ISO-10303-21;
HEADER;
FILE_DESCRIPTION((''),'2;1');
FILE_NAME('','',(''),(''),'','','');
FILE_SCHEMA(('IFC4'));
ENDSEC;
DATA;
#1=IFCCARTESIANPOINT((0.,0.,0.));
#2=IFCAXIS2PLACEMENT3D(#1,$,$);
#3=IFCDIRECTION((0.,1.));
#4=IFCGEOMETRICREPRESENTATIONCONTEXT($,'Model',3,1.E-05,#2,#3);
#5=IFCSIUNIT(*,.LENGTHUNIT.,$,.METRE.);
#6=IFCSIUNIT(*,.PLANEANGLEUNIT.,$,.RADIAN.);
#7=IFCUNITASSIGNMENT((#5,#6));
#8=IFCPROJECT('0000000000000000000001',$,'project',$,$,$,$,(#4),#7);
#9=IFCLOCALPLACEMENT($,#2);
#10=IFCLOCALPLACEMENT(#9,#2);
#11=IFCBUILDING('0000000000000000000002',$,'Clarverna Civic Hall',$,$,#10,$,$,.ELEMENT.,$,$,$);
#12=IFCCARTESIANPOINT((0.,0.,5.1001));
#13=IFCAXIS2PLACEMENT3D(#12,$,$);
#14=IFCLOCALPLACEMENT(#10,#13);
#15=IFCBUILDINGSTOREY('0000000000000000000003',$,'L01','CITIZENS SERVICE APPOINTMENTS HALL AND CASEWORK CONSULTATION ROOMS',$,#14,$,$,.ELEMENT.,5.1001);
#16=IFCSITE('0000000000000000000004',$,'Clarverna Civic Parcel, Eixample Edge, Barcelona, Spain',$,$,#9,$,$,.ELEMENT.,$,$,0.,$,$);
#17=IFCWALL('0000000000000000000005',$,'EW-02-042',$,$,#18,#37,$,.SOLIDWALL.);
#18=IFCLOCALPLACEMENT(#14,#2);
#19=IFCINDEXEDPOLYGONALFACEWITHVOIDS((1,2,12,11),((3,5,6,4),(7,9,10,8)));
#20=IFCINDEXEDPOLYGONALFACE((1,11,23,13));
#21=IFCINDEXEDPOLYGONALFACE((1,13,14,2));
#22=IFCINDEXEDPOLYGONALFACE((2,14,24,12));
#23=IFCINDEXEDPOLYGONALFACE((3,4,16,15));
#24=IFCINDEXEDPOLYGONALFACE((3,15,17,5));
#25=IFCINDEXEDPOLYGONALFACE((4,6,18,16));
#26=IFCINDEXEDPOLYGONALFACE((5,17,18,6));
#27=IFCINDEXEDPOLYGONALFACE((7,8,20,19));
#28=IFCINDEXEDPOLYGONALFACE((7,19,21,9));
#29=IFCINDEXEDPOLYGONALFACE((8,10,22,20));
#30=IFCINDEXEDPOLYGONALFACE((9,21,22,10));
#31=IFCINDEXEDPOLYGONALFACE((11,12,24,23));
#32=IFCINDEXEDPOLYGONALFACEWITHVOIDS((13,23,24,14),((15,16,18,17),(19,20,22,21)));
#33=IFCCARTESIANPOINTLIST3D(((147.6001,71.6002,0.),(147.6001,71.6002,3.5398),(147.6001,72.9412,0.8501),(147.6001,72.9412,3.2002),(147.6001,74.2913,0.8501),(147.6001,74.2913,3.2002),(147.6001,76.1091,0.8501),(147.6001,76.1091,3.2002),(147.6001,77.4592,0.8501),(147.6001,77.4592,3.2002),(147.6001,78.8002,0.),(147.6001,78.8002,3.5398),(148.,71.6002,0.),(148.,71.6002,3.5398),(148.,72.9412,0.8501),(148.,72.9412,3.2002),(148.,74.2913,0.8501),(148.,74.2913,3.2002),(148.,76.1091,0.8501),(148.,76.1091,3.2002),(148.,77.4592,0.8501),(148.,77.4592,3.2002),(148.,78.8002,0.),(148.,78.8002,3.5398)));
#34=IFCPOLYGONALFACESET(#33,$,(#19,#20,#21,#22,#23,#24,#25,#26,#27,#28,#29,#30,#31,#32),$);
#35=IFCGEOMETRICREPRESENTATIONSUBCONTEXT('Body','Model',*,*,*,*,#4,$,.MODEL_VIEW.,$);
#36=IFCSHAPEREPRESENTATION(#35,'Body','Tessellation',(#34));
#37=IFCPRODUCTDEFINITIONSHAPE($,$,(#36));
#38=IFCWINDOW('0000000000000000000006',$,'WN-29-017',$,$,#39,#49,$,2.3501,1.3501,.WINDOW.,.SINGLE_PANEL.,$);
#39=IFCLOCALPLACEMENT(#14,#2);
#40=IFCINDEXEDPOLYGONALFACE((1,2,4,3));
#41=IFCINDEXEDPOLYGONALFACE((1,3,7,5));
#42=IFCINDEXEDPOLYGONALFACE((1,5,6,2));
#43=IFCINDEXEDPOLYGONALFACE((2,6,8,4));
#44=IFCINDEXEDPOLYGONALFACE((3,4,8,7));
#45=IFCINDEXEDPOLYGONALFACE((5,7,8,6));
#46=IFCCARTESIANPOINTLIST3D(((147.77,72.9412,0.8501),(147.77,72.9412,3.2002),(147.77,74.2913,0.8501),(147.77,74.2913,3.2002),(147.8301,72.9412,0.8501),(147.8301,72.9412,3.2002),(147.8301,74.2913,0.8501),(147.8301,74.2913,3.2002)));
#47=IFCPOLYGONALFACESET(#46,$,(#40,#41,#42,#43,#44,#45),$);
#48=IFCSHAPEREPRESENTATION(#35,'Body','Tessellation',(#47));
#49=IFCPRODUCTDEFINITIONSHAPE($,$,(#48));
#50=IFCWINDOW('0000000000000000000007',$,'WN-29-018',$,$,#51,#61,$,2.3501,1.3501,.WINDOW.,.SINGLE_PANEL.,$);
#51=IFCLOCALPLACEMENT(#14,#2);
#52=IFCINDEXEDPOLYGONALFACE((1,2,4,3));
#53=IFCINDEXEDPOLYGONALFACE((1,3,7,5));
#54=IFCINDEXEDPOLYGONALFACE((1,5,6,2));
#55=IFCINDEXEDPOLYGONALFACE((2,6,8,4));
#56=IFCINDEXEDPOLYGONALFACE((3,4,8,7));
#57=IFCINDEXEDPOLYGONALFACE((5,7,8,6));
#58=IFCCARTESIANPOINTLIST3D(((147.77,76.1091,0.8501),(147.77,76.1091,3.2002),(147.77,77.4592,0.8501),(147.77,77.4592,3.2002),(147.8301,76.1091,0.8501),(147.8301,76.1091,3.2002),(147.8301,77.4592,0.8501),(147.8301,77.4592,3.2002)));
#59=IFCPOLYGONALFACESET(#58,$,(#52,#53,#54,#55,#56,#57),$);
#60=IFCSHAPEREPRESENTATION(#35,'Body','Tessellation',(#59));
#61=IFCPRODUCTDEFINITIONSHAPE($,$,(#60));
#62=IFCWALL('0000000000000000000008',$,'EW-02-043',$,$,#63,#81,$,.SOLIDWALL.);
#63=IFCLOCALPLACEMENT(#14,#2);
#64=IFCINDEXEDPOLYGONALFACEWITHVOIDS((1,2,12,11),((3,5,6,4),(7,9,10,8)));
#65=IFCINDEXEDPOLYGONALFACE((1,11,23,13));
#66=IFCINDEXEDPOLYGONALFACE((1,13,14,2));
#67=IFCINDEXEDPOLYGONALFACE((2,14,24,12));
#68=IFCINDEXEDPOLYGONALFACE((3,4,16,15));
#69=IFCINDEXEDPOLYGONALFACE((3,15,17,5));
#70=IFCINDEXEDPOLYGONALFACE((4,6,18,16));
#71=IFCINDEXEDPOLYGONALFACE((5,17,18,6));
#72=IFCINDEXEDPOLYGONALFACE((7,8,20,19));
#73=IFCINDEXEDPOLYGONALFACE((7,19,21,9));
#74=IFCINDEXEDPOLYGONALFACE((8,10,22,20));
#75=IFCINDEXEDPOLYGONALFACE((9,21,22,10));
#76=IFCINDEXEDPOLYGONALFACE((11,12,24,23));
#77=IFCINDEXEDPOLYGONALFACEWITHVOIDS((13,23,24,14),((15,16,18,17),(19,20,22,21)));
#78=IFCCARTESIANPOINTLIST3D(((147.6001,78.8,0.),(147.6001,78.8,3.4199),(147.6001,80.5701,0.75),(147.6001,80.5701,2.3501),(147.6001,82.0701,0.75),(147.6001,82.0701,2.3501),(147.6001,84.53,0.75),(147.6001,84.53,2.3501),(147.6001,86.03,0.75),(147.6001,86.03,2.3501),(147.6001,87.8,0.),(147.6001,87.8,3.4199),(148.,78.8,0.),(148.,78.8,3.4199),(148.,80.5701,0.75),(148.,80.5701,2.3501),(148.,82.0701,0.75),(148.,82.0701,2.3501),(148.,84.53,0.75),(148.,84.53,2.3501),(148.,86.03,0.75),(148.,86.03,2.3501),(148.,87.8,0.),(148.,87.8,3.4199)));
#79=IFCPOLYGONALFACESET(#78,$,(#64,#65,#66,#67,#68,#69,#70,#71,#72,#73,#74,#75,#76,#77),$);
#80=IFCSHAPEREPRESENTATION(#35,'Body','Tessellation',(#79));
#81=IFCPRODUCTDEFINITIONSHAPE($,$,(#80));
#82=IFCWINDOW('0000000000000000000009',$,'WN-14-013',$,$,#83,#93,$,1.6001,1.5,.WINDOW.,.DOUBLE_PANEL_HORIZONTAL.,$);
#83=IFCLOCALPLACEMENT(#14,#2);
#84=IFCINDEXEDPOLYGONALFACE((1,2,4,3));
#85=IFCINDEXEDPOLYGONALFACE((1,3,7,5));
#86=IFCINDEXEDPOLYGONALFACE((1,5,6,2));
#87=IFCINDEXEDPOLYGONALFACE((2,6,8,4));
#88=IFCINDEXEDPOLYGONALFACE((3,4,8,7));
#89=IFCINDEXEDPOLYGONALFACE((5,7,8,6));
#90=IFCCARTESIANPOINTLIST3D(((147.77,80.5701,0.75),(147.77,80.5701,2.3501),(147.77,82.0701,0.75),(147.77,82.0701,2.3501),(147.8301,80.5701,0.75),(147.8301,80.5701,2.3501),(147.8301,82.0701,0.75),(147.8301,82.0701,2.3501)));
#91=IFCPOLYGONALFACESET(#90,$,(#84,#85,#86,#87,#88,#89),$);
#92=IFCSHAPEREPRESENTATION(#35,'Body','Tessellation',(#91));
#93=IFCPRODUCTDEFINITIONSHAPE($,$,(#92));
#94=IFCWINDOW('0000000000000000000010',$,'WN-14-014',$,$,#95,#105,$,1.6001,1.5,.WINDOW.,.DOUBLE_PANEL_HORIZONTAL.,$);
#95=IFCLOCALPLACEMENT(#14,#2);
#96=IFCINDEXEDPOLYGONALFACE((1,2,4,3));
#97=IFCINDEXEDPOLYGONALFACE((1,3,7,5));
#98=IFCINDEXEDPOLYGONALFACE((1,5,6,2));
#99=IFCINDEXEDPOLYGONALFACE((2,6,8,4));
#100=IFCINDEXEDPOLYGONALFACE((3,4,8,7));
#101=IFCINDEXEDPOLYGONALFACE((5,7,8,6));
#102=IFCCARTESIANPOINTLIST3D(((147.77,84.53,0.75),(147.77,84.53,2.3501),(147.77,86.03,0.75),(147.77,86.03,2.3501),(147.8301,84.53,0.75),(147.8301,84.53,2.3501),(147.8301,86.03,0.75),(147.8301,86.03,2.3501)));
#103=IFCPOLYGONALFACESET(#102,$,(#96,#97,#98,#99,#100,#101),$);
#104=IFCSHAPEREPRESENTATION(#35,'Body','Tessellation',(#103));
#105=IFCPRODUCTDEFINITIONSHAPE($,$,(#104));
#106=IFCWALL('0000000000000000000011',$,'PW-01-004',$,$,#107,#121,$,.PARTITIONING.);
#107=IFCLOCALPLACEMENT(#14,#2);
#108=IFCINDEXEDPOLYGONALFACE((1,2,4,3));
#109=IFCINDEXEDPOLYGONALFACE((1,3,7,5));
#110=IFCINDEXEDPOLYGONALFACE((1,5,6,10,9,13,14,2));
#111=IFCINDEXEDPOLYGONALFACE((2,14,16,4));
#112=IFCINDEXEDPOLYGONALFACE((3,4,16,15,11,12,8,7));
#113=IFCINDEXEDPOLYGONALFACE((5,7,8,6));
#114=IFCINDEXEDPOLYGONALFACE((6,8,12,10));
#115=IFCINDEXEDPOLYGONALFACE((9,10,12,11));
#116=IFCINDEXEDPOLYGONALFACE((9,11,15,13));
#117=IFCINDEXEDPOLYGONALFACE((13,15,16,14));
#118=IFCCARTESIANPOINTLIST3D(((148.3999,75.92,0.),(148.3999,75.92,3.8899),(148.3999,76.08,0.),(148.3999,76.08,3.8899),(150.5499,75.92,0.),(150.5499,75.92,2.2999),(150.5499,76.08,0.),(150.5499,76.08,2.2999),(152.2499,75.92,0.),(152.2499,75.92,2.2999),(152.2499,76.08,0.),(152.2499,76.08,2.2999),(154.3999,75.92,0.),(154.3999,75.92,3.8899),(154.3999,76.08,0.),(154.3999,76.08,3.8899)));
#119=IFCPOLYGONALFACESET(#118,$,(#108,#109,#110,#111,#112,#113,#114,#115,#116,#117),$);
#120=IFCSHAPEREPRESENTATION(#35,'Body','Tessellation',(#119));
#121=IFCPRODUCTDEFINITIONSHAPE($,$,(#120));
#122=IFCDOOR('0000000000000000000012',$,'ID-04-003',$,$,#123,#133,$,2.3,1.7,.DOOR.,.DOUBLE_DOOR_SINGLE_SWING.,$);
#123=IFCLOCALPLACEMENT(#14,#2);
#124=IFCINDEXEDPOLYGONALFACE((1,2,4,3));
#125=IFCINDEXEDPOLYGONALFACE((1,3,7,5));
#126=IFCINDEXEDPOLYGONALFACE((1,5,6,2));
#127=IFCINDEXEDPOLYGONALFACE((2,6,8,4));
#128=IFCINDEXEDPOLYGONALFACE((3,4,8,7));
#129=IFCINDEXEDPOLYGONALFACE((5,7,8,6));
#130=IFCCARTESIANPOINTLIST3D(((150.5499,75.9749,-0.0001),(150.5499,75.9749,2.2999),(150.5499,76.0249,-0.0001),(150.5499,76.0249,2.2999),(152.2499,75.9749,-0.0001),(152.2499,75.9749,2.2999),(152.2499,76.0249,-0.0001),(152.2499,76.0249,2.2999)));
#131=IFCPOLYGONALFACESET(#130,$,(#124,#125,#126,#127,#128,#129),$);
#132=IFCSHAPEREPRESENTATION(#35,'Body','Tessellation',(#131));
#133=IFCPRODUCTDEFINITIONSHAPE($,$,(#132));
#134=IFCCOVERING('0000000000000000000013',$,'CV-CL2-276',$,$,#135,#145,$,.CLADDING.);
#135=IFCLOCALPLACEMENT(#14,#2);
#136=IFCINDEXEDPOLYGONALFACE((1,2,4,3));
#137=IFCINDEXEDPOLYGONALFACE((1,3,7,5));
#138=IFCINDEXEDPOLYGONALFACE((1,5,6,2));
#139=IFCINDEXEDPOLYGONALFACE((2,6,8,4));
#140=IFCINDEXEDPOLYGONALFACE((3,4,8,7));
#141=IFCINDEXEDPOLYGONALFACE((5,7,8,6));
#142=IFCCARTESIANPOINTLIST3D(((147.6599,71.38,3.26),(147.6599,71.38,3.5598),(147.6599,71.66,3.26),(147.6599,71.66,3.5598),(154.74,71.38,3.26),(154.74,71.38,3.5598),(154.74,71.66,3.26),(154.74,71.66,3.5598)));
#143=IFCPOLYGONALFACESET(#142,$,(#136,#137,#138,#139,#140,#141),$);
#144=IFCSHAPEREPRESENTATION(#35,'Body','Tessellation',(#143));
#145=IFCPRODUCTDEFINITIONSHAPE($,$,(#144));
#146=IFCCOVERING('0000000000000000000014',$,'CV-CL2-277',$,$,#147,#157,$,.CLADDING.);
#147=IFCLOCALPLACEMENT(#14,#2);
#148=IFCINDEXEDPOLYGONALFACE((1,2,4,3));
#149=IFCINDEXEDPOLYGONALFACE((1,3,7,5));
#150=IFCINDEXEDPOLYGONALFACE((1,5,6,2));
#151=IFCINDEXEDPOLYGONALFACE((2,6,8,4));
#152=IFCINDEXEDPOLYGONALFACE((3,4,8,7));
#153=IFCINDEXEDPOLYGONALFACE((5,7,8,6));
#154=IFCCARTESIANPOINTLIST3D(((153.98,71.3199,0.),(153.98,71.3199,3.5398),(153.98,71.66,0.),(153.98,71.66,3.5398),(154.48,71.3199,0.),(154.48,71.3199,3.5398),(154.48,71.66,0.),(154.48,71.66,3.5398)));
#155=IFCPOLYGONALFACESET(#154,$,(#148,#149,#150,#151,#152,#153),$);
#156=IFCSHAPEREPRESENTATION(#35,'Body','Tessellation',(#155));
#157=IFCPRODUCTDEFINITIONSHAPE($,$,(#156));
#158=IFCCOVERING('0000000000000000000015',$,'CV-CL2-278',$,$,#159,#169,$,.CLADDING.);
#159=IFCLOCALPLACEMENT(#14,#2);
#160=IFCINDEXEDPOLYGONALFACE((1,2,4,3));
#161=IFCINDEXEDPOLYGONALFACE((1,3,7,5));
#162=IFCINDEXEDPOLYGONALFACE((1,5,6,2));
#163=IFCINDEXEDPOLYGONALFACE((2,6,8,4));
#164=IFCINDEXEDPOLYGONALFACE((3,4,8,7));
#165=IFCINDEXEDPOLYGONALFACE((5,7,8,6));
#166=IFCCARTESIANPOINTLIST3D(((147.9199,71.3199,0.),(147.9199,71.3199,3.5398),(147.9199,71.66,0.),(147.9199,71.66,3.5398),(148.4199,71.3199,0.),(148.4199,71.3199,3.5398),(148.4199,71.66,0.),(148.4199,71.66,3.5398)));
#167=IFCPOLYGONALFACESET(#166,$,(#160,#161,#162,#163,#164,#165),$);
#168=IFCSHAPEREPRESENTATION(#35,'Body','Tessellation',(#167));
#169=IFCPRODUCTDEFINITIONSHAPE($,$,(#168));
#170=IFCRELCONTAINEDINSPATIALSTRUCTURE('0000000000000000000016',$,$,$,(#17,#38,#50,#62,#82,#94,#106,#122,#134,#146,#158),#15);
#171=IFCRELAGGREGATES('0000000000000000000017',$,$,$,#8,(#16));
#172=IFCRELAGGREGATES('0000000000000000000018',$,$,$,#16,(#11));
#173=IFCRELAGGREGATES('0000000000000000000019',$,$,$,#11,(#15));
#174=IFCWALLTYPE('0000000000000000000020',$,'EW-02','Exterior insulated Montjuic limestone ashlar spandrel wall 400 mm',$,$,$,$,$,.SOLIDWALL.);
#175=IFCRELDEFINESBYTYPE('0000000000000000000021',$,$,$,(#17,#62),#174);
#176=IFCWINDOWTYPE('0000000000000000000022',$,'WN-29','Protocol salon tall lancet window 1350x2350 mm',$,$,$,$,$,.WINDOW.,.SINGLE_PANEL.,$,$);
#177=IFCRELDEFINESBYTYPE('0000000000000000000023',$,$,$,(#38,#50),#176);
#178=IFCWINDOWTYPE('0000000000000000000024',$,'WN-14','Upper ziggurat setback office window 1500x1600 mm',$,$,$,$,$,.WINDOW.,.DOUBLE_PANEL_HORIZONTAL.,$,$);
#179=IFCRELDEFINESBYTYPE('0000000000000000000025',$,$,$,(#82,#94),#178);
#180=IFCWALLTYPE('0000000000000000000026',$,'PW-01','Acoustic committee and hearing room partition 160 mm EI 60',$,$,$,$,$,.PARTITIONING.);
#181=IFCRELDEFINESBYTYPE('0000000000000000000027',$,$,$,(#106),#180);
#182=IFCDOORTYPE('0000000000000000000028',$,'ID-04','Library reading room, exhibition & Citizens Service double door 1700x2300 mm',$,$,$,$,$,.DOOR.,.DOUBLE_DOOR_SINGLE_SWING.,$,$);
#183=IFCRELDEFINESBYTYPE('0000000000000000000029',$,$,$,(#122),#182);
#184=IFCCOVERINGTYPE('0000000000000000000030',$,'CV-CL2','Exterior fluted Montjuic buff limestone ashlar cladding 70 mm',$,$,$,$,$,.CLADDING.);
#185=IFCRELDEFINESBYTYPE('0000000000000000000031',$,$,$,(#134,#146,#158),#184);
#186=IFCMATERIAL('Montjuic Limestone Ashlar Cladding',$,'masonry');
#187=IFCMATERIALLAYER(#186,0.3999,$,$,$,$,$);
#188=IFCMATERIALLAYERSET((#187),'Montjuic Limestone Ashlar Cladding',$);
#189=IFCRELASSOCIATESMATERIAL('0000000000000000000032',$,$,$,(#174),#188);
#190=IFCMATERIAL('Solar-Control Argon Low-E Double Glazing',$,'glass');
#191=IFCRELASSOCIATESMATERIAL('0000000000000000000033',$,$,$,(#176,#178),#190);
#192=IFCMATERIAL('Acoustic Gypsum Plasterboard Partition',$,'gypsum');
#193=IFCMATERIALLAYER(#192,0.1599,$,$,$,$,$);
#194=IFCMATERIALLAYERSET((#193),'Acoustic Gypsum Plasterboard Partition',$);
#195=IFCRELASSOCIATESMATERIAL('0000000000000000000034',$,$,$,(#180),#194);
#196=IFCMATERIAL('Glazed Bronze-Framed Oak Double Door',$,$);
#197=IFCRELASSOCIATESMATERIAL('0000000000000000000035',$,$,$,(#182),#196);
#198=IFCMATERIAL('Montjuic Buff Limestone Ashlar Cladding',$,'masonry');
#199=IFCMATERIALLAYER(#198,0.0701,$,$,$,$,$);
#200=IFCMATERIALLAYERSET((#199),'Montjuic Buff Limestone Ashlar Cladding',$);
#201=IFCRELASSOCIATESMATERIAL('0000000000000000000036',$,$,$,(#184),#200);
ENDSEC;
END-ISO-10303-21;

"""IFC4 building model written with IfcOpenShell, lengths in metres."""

from ifc_helpers import new_model, si_unit, direction, frame, frame_2d, origin, place, context, subcontext, project, spatial, rectangle, extrude, material, layer, layer_set, type_object, element, fill, save


model = new_model("IFC4")

# Units and contexts
model_context = context("Model", 3, precision=1e-05, world=origin(), true_north=direction((0.0, 1.0)))
body_context = subcontext(model_context, "Body", "Model", "MODEL_VIEW")
ifc_project = project(units=[si_unit("LENGTHUNIT", "METRE"), si_unit("PLANEANGLEUNIT", "RADIAN")], contexts=[model_context])

# Site, building, storey
site_placement = place(None, origin())
site = spatial("IfcSite", under=ifc_project, at=site_placement, Name="Clarverna Civic Parcel, Eixample Edge, Barcelona, Spain", CompositionType="ELEMENT", RefElevation=0.0)
building_placement = place(site_placement, origin())
building = spatial("IfcBuilding", under=site, at=building_placement, Name="Clarverna Civic Hall", CompositionType="ELEMENT")
storey_placement = place(building_placement, frame((0.0, 0.0, 5.1001)))
storey = spatial("IfcBuildingStorey", under=building, at=storey_placement, Name="L01", Description="CITIZENS SERVICE APPOINTMENTS HALL AND CASEWORK CONSULTATION ROOMS", CompositionType="ELEMENT", Elevation=5.1001)

# Walls, openings, windows
ifc_material_1 = material(Name="Montjuic Limestone Ashlar Cladding", Category="masonry")
ifc_layer_1 = layer(ifc_material_1, 0.3999)
ifc_layer_set_1 = layer_set([ifc_layer_1], Name="Montjuic Limestone Ashlar Cladding")
wall_type_1 = type_object("IfcWallType", Name="EW-02", Description="Exterior insulated Montjuic limestone ashlar spandrel wall 400 mm", PredefinedType="SOLIDWALL", material=ifc_layer_set_1)
wall_1_placement = place(storey_placement, frame((147.8, 71.6001, 0.0), z_axis=(0.0, 0.0, 1.0), x_axis=(0.0, 1.0, 0.0)))
wall_1 = element("IfcWall", 1, at=wall_1_placement, inside=storey, type_object=wall_type_1, Name="EW-02-042", PredefinedType="SOLIDWALL", context=body_context, shape_type="SweptSolid", body=[
    extrude(rectangle(XDim=7.2, YDim=0.3999, at=frame_2d((3.6001, 0.0))), origin(), (0.0, 0.0, 1.0), 3.5398),
])
opening_1_placement = place(wall_1_placement, frame((1.3411, 0.0, 0.8501)))
opening_1 = element("IfcOpeningElement", 2, at=opening_1_placement, cuts=wall_1, PredefinedType="OPENING", context=body_context, shape_type="SweptSolid", body=[
    extrude(rectangle(XDim=1.3501, YDim=2.3501, at=frame_2d((0.675, 1.175))), frame((0.0, 0.21, 0.0), z_axis=(0.0, -1.0, 0.0), x_axis=(1.0, 0.0, 0.0)), (0.0, 0.0, 1.0), 0.4199),
])
opening_2_placement = place(wall_1_placement, frame((4.509, 0.0, 0.8501)))
opening_2 = element("IfcOpeningElement", 3, at=opening_2_placement, cuts=wall_1, PredefinedType="OPENING", context=body_context, shape_type="SweptSolid", body=[
    extrude(rectangle(XDim=1.3501, YDim=2.3501, at=frame_2d((0.675, 1.175))), frame((0.0, 0.21, 0.0), z_axis=(0.0, -1.0, 0.0), x_axis=(1.0, 0.0, 0.0)), (0.0, 0.0, 1.0), 0.4199),
])
ifc_material_2 = material(Name="Solar-Control Argon Low-E Double Glazing", Category="glass")
window_type_1 = type_object("IfcWindowType", Name="WN-29", Description="Protocol salon tall lancet window 1350x2350 mm", PartitioningType="SINGLE_PANEL", PredefinedType="WINDOW", material=ifc_material_2)
window_1_placement = place(opening_1_placement, origin())
window_1 = element("IfcWindow", 4, at=window_1_placement, inside=storey, type_object=window_type_1, Name="WN-29-017", OverallHeight=2.3501, OverallWidth=1.3501, PartitioningType="SINGLE_PANEL", PredefinedType="WINDOW", context=body_context, shape_type="SweptSolid", body=[
    extrude(rectangle(XDim=1.3501, YDim=2.3501, at=frame_2d((0.675, 1.175))), frame((0.0, 0.03, 0.0), z_axis=(0.0, -1.0, 0.0), x_axis=(1.0, 0.0, 0.0)), (0.0, 0.0, 1.0), 0.0601),
])
fill(opening_1, window_1)
window_2_placement = place(opening_2_placement, origin())
window_2 = element("IfcWindow", 5, at=window_2_placement, inside=storey, type_object=window_type_1, Name="WN-29-018", OverallHeight=2.3501, OverallWidth=1.3501, PartitioningType="SINGLE_PANEL", PredefinedType="WINDOW", context=body_context, shape_type="SweptSolid", body=[
    extrude(rectangle(XDim=1.3501, YDim=2.3501, at=frame_2d((0.675, 1.175))), frame((0.0, 0.03, 0.0), z_axis=(0.0, -1.0, 0.0), x_axis=(1.0, 0.0, 0.0)), (0.0, 0.0, 1.0), 0.0601),
])
fill(opening_2, window_2)
wall_2_placement = place(storey_placement, frame((147.8, 78.8, 0.0), z_axis=(0.0, 0.0, 1.0), x_axis=(0.0, 1.0, 0.0)))
wall_2 = element("IfcWall", 6, at=wall_2_placement, inside=storey, type_object=wall_type_1, Name="EW-02-043", PredefinedType="SOLIDWALL", context=body_context, shape_type="SweptSolid", body=[
    extrude(rectangle(XDim=9.0, YDim=0.3999, at=frame_2d((4.5, 0.0))), origin(), (0.0, 0.0, 1.0), 3.4199),
])
opening_3_placement = place(wall_2_placement, frame((1.77, 0.0, 0.75)))
opening_3 = element("IfcOpeningElement", 7, at=opening_3_placement, cuts=wall_2, PredefinedType="OPENING", context=body_context, shape_type="SweptSolid", body=[
    extrude(rectangle(XDim=1.5, YDim=1.6001, at=frame_2d((0.75, 0.8))), frame((0.0, 0.21, 0.0), z_axis=(0.0, -1.0, 0.0), x_axis=(1.0, 0.0, 0.0)), (0.0, 0.0, 1.0), 0.4199),
])
opening_4_placement = place(wall_2_placement, frame((5.73, 0.0, 0.75)))
opening_4 = element("IfcOpeningElement", 8, at=opening_4_placement, cuts=wall_2, PredefinedType="OPENING", context=body_context, shape_type="SweptSolid", body=[
    extrude(rectangle(XDim=1.5, YDim=1.6001, at=frame_2d((0.75, 0.8))), frame((0.0, 0.21, 0.0), z_axis=(0.0, -1.0, 0.0), x_axis=(1.0, 0.0, 0.0)), (0.0, 0.0, 1.0), 0.4199),
])
window_type_2 = type_object("IfcWindowType", Name="WN-14", Description="Upper ziggurat setback office window 1500x1600 mm", PartitioningType="DOUBLE_PANEL_HORIZONTAL", PredefinedType="WINDOW", material=ifc_material_2)
window_3_placement = place(opening_3_placement, origin())
window_3 = element("IfcWindow", 9, at=window_3_placement, inside=storey, type_object=window_type_2, Name="WN-14-013", OverallHeight=1.6001, OverallWidth=1.5, PartitioningType="DOUBLE_PANEL_HORIZONTAL", PredefinedType="WINDOW", context=body_context, shape_type="SweptSolid", body=[
    extrude(rectangle(XDim=1.5, YDim=1.6001, at=frame_2d((0.75, 0.8))), frame((0.0, 0.03, 0.0), z_axis=(0.0, -1.0, 0.0), x_axis=(1.0, 0.0, 0.0)), (0.0, 0.0, 1.0), 0.0601),
])
fill(opening_3, window_3)
window_4_placement = place(opening_4_placement, origin())
window_4 = element("IfcWindow", 10, at=window_4_placement, inside=storey, type_object=window_type_2, Name="WN-14-014", OverallHeight=1.6001, OverallWidth=1.5, PartitioningType="DOUBLE_PANEL_HORIZONTAL", PredefinedType="WINDOW", context=body_context, shape_type="SweptSolid", body=[
    extrude(rectangle(XDim=1.5, YDim=1.6001, at=frame_2d((0.75, 0.8))), frame((0.0, 0.03, 0.0), z_axis=(0.0, -1.0, 0.0), x_axis=(1.0, 0.0, 0.0)), (0.0, 0.0, 1.0), 0.0601),
])
fill(opening_4, window_4)

# Wall, opening, door
ifc_material_3 = material(Name="Acoustic Gypsum Plasterboard Partition", Category="gypsum")
ifc_layer_2 = layer(ifc_material_3, 0.1599)
ifc_layer_set_2 = layer_set([ifc_layer_2], Name="Acoustic Gypsum Plasterboard Partition")
wall_type_2 = type_object("IfcWallType", Name="PW-01", Description="Acoustic committee and hearing room partition 160 mm EI 60", PredefinedType="PARTITIONING", material=ifc_layer_set_2)
wall_3_placement = place(storey_placement, frame((148.3999, 76.0, 0.0), z_axis=(0.0, 0.0, 1.0), x_axis=(1.0, 0.0, 0.0)))
wall_3 = element("IfcWall", 11, at=wall_3_placement, inside=storey, type_object=wall_type_2, Name="PW-01-004", PredefinedType="PARTITIONING", context=body_context, shape_type="SweptSolid", body=[
    extrude(rectangle(XDim=6.0, YDim=0.1599, at=frame_2d((3.0, 0.0))), origin(), (0.0, 0.0, 1.0), 3.8899),
])
opening_5_placement = place(wall_3_placement, frame((2.1499, 0.0, 0.0)))
opening_5 = element("IfcOpeningElement", 12, at=opening_5_placement, cuts=wall_3, PredefinedType="OPENING", context=body_context, shape_type="SweptSolid", body=[
    extrude(rectangle(XDim=1.7, YDim=2.3, at=frame_2d((0.8501, 1.1499))), frame((0.0, 0.0898, 0.0), z_axis=(0.0, -1.0, 0.0), x_axis=(1.0, 0.0, 0.0)), (0.0, 0.0, 1.0), 0.1799),
])
ifc_material_4 = material(Name="Glazed Bronze-Framed Oak Double Door")
door_type = type_object("IfcDoorType", Name="ID-04", Description="Library reading room, exhibition & Citizens Service double door 1700x2300 mm", OperationType="DOUBLE_DOOR_SINGLE_SWING", PredefinedType="DOOR", material=ifc_material_4)
door_placement = place(opening_5_placement, origin())
door = element("IfcDoor", 13, at=door_placement, inside=storey, type_object=door_type, Name="ID-04-003", OperationType="DOUBLE_DOOR_SINGLE_SWING", OverallHeight=2.3, OverallWidth=1.7, PredefinedType="DOOR", context=body_context, shape_type="SweptSolid", body=[
    extrude(rectangle(XDim=1.7, YDim=2.3, at=frame_2d((0.8501, 1.1499))), frame((0.0, 0.0249, 0.0), z_axis=(0.0, -1.0, 0.0), x_axis=(1.0, 0.0, 0.0)), (0.0, 0.0, 1.0), 0.05),
])
fill(opening_5, door)

# Coverings
ifc_material_5 = material(Name="Montjuic Buff Limestone Ashlar Cladding", Category="masonry")
ifc_layer_3 = layer(ifc_material_5, 0.0701)
ifc_layer_set_3 = layer_set([ifc_layer_3], Name="Montjuic Buff Limestone Ashlar Cladding")
covering_type = type_object("IfcCoveringType", Name="CV-CL2", Description="Exterior fluted Montjuic buff limestone ashlar cladding 70 mm", PredefinedType="CLADDING", material=ifc_layer_set_3)
covering_1_placement = place(storey_placement, frame((154.74, 71.52, 3.26), z_axis=(0.0, 0.0, 1.0), x_axis=(-1.0, 0.0, 0.0)))
element("IfcCovering", 14, at=covering_1_placement, inside=storey, type_object=covering_type, Name="CV-CL2-276", PredefinedType="CLADDING", context=body_context, shape_type="SweptSolid", body=[
    extrude(rectangle(XDim=7.0801, YDim=0.28, at=frame_2d((3.54, 0.0))), origin(), (0.0, 0.0, 1.0), 0.2998),
])
for number, where, z_axis, x_axis, name in (
    (15, (154.48, 71.49, 0.0), (0.0, 0.0, 1.0), (-1.0, 0.0, 0.0), "CV-CL2-277"),
    (16, (148.4199, 71.49, 0.0), (0.0, 0.0, 1.0), (-1.0, 0.0, 0.0), "CV-CL2-278"),
):
    element("IfcCovering", number, at=place(storey_placement, frame(where, z_axis=z_axis, x_axis=x_axis)), inside=storey, type_object=covering_type, Name=name, PredefinedType="CLADDING", context=body_context, shape_type="SweptSolid", body=[
        extrude(rectangle(XDim=0.5, YDim=0.3401, at=frame_2d((0.25, 0.0))), origin(), (0.0, 0.0, 1.0), 3.5398),
    ])

save(model, "model.ifc")
